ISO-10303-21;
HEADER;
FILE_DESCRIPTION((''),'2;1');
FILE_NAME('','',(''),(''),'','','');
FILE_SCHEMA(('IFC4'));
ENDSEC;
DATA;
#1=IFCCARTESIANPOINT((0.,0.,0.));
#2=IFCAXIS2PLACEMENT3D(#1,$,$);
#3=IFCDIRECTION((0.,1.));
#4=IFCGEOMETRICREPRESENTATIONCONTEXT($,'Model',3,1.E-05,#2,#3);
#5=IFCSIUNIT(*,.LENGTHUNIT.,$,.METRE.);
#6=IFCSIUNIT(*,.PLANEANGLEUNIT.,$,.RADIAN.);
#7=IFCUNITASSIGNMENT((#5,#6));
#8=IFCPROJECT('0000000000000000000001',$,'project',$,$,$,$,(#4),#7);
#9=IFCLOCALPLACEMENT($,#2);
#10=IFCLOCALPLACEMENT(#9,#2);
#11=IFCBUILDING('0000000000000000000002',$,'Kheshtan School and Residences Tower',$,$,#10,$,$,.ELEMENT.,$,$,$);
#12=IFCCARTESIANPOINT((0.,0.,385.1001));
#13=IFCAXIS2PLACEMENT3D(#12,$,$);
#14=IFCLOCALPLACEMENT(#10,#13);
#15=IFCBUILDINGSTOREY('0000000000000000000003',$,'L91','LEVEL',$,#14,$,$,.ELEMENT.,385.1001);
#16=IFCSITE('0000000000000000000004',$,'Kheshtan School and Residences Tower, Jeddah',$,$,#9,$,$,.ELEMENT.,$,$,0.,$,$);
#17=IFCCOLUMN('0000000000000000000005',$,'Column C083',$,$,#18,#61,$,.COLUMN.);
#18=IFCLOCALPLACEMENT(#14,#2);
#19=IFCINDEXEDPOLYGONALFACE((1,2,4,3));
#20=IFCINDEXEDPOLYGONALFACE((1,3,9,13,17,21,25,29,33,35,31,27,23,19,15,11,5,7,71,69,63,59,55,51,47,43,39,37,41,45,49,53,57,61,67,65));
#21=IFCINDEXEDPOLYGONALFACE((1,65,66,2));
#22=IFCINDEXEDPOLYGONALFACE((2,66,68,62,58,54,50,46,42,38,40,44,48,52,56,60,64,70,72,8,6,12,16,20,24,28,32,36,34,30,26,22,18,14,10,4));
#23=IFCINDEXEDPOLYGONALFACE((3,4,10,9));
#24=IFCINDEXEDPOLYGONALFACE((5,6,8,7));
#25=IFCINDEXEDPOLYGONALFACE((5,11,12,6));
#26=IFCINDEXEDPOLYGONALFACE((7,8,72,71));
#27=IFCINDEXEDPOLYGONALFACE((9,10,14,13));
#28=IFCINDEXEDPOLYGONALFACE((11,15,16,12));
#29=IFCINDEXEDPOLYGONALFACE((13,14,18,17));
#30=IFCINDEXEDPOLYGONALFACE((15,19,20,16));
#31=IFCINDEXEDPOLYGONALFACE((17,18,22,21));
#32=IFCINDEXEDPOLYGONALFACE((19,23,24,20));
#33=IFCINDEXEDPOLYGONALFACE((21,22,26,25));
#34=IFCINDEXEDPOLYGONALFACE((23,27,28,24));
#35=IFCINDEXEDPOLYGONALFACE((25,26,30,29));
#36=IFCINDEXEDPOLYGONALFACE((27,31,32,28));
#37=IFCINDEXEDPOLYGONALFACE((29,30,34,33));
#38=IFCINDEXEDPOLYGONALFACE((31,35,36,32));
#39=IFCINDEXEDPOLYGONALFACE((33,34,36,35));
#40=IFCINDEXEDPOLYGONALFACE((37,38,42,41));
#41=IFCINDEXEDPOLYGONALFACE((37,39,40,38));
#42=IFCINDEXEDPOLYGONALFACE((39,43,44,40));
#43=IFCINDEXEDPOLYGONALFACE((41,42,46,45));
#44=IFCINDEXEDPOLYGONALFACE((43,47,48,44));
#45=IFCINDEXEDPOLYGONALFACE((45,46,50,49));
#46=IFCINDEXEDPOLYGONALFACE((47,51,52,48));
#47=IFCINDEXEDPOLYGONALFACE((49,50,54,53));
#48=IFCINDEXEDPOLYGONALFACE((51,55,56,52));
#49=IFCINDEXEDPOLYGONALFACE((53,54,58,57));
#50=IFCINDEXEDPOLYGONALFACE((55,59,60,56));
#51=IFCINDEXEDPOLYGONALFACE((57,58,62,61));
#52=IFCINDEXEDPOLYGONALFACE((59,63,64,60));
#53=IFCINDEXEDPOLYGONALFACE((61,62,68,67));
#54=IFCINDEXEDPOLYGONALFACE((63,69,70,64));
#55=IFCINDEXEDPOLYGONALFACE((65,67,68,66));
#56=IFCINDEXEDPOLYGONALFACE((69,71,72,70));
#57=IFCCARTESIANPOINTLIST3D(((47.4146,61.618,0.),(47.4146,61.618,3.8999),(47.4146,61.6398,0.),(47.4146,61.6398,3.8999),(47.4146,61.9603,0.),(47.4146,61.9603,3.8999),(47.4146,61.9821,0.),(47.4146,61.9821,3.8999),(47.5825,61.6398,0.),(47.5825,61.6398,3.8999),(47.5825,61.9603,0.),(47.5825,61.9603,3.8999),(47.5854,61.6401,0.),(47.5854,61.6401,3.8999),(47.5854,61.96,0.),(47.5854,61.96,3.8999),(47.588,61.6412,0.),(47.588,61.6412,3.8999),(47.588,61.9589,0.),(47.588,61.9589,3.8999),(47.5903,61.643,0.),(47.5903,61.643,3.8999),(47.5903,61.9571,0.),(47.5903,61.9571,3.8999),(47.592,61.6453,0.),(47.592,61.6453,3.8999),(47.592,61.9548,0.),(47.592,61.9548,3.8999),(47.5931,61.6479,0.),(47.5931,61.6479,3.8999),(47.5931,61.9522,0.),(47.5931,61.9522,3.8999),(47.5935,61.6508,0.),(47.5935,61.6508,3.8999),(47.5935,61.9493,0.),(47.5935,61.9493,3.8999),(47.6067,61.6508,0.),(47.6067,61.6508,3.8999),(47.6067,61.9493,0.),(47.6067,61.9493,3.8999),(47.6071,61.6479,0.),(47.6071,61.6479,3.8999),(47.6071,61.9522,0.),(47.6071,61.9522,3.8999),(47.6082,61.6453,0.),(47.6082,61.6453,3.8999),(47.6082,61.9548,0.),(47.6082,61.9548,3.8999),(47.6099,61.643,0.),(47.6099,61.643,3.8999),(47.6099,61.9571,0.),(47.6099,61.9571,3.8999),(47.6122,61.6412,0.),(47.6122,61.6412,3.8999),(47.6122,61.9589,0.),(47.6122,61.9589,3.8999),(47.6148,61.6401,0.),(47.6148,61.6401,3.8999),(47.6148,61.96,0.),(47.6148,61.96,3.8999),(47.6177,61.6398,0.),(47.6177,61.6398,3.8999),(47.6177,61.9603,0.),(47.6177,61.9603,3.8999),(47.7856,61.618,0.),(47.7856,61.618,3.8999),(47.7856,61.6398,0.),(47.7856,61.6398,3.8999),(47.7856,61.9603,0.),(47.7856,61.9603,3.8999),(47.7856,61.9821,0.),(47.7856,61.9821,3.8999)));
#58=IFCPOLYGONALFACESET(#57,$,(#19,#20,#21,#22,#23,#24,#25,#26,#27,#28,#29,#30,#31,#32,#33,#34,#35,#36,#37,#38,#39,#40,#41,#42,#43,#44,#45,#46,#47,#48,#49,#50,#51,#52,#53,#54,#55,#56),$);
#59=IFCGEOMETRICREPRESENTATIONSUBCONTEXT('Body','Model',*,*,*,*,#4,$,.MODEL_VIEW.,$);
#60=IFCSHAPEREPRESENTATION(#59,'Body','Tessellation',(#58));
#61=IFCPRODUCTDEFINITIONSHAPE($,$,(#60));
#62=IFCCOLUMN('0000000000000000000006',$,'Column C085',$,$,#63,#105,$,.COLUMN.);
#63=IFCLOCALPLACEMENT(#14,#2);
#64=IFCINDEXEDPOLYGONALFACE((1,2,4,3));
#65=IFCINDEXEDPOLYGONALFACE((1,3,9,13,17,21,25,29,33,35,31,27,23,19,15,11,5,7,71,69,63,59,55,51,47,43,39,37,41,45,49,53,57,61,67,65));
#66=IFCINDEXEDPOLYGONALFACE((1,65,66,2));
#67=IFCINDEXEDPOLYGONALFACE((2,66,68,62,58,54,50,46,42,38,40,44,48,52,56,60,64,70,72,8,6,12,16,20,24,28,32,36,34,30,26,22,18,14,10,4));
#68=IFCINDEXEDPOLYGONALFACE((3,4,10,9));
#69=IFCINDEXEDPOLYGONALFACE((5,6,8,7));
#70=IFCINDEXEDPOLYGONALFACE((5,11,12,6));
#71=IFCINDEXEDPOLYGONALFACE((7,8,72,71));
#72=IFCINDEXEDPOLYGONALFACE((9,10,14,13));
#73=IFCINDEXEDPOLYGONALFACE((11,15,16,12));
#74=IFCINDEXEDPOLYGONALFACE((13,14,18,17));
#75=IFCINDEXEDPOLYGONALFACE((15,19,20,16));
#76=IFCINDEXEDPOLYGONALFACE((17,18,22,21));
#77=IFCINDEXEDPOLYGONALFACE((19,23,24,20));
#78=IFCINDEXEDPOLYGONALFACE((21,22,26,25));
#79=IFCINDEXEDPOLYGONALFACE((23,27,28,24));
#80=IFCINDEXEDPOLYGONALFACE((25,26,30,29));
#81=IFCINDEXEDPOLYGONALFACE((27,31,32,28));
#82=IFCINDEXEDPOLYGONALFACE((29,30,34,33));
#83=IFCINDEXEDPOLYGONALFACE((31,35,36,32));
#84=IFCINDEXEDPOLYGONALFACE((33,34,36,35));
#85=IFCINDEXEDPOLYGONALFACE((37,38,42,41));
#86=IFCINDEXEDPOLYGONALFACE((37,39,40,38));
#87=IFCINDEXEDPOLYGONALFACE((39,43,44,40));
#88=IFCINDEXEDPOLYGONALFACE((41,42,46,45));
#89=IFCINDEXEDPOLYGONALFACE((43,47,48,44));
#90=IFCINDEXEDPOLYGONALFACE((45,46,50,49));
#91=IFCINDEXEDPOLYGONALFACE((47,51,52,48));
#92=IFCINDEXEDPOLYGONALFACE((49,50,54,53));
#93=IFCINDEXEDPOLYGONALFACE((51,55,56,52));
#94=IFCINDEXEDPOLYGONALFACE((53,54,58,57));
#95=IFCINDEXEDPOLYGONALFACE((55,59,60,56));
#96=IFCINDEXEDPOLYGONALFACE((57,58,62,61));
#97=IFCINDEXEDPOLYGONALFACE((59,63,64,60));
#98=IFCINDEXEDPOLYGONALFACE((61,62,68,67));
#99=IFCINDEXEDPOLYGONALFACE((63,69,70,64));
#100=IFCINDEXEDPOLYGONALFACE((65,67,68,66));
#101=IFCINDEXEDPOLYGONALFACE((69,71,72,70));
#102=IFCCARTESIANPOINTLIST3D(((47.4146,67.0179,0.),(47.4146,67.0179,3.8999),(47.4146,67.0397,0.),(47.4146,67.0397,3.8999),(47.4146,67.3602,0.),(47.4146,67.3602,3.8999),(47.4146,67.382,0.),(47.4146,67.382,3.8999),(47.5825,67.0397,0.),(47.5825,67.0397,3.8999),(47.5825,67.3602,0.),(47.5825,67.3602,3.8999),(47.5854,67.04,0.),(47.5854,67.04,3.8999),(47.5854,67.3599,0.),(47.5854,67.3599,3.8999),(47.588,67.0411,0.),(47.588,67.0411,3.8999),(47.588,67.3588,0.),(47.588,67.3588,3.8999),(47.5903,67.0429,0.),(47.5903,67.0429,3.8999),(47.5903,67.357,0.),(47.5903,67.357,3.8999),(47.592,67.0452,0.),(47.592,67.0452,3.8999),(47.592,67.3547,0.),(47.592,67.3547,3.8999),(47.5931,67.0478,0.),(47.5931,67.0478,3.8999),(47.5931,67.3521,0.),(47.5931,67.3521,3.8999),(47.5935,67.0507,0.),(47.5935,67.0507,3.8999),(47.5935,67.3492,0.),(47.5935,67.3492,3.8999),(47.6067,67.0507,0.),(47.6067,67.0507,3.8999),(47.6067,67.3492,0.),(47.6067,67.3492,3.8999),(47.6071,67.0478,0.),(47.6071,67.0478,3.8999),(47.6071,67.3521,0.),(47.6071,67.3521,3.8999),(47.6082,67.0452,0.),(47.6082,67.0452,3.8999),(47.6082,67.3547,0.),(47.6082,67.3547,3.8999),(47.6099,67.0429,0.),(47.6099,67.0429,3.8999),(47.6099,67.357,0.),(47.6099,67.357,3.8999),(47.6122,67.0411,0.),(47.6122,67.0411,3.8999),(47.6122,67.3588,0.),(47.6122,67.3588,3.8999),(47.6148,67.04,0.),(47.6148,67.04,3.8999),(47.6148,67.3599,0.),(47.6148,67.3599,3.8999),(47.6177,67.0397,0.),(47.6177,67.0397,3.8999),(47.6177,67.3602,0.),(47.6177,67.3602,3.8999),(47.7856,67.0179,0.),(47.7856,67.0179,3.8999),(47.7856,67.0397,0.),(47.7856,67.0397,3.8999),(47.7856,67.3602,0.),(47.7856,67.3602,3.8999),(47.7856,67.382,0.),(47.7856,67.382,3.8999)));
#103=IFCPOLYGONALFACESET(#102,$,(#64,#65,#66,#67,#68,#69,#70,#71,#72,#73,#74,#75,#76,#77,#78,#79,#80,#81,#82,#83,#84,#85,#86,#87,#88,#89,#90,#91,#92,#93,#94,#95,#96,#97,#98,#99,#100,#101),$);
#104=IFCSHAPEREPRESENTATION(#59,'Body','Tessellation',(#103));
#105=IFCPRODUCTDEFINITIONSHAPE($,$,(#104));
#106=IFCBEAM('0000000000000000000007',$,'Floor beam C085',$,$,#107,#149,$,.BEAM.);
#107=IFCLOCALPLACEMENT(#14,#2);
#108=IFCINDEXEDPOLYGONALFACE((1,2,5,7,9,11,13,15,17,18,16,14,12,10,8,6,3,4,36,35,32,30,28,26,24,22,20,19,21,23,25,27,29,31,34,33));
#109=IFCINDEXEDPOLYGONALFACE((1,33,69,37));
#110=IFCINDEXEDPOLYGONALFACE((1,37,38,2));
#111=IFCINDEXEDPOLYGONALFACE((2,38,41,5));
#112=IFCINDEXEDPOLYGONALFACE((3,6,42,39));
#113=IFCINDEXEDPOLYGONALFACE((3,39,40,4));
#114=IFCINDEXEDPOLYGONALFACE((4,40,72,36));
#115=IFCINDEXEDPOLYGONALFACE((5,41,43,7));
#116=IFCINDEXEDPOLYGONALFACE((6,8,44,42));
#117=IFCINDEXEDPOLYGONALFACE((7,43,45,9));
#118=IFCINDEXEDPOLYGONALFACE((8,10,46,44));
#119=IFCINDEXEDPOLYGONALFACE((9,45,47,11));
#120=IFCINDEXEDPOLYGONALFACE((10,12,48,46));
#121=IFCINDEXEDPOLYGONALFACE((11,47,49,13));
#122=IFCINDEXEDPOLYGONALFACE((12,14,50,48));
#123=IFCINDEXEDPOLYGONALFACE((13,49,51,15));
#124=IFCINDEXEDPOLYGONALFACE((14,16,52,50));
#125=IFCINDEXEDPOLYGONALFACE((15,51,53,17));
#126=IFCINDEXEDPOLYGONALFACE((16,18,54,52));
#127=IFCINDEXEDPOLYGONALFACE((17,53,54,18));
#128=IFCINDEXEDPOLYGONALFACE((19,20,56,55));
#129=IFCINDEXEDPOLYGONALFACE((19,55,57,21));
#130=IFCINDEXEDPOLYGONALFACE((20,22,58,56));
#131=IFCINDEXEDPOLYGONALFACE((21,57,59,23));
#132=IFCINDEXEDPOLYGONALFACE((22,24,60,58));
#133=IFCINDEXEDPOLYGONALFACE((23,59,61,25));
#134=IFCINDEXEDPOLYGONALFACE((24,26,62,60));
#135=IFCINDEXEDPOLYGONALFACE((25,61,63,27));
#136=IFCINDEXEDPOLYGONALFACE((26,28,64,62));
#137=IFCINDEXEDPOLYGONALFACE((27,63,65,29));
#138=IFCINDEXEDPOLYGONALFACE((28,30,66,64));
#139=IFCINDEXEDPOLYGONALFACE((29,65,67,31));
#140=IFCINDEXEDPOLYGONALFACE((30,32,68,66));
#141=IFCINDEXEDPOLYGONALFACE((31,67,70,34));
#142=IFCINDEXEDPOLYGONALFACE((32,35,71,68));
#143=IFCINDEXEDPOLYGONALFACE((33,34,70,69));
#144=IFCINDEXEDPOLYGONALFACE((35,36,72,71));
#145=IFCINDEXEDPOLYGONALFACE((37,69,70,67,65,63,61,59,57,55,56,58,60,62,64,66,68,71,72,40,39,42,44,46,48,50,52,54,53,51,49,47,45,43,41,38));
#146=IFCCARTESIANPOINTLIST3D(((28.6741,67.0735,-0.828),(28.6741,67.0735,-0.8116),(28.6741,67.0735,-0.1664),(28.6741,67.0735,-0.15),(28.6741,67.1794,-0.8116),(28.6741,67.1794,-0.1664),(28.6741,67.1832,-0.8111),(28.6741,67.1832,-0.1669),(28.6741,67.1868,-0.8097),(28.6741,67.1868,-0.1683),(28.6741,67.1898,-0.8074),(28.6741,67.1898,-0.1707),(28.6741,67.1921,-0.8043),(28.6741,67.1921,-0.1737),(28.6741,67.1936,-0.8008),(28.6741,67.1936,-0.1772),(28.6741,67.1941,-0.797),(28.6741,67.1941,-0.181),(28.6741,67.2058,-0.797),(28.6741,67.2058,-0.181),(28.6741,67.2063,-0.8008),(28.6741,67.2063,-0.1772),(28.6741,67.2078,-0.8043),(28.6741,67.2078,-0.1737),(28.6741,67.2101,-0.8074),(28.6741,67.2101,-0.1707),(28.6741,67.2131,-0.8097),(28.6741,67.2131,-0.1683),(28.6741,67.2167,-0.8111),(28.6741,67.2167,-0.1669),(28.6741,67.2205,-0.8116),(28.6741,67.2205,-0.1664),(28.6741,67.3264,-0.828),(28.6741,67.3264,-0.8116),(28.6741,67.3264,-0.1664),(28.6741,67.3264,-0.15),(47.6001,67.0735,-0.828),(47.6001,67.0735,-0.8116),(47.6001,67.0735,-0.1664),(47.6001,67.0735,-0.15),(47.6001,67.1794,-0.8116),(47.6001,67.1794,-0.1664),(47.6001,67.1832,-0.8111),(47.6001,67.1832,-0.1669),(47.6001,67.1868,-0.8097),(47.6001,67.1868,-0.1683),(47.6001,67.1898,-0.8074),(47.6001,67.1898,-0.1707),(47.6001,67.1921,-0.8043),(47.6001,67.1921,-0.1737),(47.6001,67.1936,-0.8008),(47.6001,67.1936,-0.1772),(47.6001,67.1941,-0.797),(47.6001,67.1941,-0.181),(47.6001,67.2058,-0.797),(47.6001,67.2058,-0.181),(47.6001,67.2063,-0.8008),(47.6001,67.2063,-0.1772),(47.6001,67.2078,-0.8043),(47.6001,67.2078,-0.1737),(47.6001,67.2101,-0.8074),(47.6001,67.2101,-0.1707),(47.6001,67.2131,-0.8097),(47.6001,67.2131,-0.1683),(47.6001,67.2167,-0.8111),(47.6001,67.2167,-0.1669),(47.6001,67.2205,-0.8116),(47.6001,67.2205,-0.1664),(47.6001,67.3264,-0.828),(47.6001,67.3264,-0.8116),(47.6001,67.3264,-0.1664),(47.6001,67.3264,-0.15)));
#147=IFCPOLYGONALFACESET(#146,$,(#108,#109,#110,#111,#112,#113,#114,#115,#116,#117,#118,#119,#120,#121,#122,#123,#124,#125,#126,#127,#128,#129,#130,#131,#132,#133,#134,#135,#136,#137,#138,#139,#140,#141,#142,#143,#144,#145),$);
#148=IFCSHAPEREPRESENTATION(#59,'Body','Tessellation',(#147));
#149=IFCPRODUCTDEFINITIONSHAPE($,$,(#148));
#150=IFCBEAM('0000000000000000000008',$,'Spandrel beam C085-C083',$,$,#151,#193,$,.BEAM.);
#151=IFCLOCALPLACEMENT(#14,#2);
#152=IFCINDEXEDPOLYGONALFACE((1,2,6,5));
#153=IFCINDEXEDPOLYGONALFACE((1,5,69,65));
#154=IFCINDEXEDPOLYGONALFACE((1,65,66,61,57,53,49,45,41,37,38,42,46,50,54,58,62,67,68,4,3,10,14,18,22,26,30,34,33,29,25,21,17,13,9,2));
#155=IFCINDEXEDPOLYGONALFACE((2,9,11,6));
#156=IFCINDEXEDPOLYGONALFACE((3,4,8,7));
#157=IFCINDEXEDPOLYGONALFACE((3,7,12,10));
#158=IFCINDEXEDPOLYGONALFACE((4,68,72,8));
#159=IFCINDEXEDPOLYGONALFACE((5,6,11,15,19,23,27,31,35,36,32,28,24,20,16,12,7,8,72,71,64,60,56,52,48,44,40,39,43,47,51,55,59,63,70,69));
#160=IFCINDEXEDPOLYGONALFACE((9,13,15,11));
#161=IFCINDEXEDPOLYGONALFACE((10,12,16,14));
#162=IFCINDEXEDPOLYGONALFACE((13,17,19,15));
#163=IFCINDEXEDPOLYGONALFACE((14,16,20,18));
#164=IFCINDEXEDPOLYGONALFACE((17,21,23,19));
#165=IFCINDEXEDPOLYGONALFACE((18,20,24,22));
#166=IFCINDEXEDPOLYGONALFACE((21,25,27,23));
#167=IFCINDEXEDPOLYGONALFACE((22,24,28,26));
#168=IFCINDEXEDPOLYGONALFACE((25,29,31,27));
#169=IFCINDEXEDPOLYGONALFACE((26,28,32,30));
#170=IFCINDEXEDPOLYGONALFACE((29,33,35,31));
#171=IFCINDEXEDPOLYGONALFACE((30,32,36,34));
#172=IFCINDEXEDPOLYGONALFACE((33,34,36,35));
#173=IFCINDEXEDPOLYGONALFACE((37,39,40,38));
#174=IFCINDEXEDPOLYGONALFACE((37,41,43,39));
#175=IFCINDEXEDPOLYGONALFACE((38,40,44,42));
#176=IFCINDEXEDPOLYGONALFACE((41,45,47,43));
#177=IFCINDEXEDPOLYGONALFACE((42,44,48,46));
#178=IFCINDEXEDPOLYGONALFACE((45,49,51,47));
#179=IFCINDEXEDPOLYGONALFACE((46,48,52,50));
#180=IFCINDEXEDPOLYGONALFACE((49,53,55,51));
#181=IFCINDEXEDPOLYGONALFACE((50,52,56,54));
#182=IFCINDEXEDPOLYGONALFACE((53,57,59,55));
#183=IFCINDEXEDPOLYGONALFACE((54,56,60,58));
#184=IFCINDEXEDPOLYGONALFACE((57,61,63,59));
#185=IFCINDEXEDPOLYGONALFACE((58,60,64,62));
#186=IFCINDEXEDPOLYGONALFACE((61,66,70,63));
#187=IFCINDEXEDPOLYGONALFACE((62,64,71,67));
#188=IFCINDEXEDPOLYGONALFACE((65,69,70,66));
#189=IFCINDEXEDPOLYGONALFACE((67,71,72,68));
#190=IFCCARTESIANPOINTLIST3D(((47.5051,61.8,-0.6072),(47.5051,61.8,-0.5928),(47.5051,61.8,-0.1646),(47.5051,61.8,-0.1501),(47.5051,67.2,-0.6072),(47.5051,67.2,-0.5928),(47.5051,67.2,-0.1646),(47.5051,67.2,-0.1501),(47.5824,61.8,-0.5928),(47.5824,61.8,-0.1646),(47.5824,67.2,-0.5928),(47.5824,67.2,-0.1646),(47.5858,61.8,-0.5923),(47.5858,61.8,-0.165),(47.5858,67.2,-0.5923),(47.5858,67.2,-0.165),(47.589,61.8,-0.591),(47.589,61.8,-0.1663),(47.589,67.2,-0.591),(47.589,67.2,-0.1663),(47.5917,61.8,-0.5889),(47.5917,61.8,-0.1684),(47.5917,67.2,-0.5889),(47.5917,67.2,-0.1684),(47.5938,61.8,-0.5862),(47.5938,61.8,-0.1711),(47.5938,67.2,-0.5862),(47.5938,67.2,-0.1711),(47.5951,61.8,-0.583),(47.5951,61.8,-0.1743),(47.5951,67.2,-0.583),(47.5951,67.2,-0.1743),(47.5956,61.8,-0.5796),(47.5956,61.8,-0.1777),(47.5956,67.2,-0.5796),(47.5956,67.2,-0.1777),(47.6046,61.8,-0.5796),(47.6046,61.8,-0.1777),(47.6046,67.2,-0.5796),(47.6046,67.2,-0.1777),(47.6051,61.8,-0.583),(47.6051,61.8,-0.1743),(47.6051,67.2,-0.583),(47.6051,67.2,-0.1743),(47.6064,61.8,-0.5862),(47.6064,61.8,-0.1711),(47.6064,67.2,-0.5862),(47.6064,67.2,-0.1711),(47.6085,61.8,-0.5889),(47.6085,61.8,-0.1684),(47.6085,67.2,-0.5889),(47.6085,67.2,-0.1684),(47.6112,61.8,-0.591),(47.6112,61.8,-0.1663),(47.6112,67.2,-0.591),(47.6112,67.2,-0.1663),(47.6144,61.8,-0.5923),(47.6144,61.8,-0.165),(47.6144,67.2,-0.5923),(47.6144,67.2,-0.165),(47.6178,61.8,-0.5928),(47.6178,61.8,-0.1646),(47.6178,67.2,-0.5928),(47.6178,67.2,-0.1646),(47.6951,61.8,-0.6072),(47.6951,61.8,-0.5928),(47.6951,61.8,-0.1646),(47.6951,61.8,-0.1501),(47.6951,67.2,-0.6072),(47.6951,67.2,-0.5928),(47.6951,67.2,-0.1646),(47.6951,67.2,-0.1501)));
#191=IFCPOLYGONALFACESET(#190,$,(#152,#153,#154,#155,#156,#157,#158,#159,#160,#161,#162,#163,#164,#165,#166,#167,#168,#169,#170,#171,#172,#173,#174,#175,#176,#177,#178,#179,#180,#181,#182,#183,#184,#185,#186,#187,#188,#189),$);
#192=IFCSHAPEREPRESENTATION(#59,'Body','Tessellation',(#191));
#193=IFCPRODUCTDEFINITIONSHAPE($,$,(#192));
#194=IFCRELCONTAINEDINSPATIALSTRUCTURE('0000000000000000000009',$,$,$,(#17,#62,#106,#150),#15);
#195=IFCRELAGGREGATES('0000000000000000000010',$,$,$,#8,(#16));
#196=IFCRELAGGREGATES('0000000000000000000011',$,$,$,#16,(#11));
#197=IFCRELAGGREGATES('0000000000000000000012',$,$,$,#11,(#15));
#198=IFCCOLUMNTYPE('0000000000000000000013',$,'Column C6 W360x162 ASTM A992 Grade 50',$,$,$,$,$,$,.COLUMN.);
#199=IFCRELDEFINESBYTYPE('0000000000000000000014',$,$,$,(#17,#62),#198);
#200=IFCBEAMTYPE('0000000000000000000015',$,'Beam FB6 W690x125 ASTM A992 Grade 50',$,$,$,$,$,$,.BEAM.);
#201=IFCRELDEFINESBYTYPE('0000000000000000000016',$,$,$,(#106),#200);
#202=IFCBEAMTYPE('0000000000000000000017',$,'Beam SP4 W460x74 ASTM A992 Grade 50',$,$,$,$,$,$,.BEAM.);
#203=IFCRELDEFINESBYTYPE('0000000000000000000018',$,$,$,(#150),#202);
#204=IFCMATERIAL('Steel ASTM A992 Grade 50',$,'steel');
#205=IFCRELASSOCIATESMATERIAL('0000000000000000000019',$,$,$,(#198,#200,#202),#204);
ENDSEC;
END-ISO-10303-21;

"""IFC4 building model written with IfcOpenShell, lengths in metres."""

from ifc_helpers import new_model, si_unit, direction, frame, origin, origin_2d, place, context, subcontext, project, spatial, i_section, extrude, material, material_profile, profile_set, type_object, element, save


model = new_model("IFC4")

# Units and contexts
model_context = context("Model", 3, precision=1e-05, world=origin(), true_north=direction((0.0, 1.0)))
body_context = subcontext(model_context, "Body", "Model", "MODEL_VIEW")
ifc_project = project(units=[si_unit("LENGTHUNIT", "METRE"), si_unit("PLANEANGLEUNIT", "RADIAN")], contexts=[model_context])

# Site, building, storey
site_placement = place(None, origin())
site = spatial("IfcSite", under=ifc_project, at=site_placement, Name="Kheshtan School and Residences Tower, Jeddah", CompositionType="ELEMENT", RefElevation=0.0)
building_placement = place(site_placement, origin())
building = spatial("IfcBuilding", under=site, at=building_placement, Name="Kheshtan School and Residences Tower", CompositionType="ELEMENT")
storey_placement = place(building_placement, frame((0.0, 0.0, 385.1001)))
storey = spatial("IfcBuildingStorey", under=building, at=storey_placement, Name="L91", Description="LEVEL", CompositionType="ELEMENT", Elevation=385.1001)

# Columns
ifc_material_1 = material(Name="Steel ASTM A992 Grade 50", Category="steel")
ifc_material_profile_1 = material_profile(ifc_material_1, i_section(OverallWidth=0.3711, OverallDepth=0.364, WebThickness=0.0132, FlangeThickness=0.0217, FilletRadius=0.011, at=origin_2d()), Name="W360x162")
ifc_profile_set_1 = profile_set([ifc_material_profile_1], Name="Steel ASTM A992 Grade 50")
column_type = type_object("IfcColumnType", Name="Column C6 W360x162 ASTM A992 Grade 50", PredefinedType="COLUMN", material=ifc_profile_set_1)
for number, where, z_axis, x_axis, name in (
    (1, (47.6001, 61.8, 0.0), (0.0, 0.0, 1.0), (1.0, 0.0, 0.0), "Column C083"),
    (2, (47.6001, 67.2, 0.0), (0.0, 0.0, 1.0), (1.0, 0.0, 0.0), "Column C085"),
):
    element("IfcColumn", number, at=place(storey_placement, frame(where, z_axis=z_axis, x_axis=x_axis)), inside=storey, type_object=column_type, Name=name, PredefinedType="COLUMN", context=body_context, shape_type="SweptSolid", body=[
        extrude(i_section(OverallWidth=0.3711, OverallDepth=0.364, WebThickness=0.0132, FlangeThickness=0.0217, FilletRadius=0.011, at=origin_2d()), origin(), (0.0, 0.0, 1.0), 3.8999),
    ])

# Beams
ifc_material_profile_2 = material_profile(ifc_material_1, i_section(OverallWidth=0.2529, OverallDepth=0.678, WebThickness=0.0117, FlangeThickness=0.0164, FilletRadius=0.0146, at=origin_2d()), Name="W690x125")
ifc_profile_set_2 = profile_set([ifc_material_profile_2], Name="Steel ASTM A992 Grade 50")
beam_type_1 = type_object("IfcBeamType", Name="Beam FB6 W690x125 ASTM A992 Grade 50", PredefinedType="BEAM", material=ifc_profile_set_2)
beam_1_placement = place(storey_placement, frame((47.6001, 67.2, -0.489), z_axis=(-1.0, 0.0, 0.0), x_axis=(0.0, -1.0, 0.0)))
element("IfcBeam", 3, at=beam_1_placement, inside=storey, type_object=beam_type_1, Name="Floor beam C085", PredefinedType="BEAM", context=body_context, shape_type="SweptSolid", body=[
    extrude(i_section(OverallWidth=0.2529, OverallDepth=0.678, WebThickness=0.0117, FlangeThickness=0.0164, FilletRadius=0.0146, at=origin_2d()), origin(), (0.0, 0.0, 1.0), 18.926),
])
ifc_material_profile_3 = material_profile(ifc_material_1, i_section(OverallWidth=0.1899, OverallDepth=0.457, WebThickness=0.009, FlangeThickness=0.0144, FilletRadius=0.0132, at=origin_2d()), Name="W460x74")
ifc_profile_set_3 = profile_set([ifc_material_profile_3], Name="Steel ASTM A992 Grade 50")
beam_type_2 = type_object("IfcBeamType", Name="Beam SP4 W460x74 ASTM A992 Grade 50", PredefinedType="BEAM", material=ifc_profile_set_3)
beam_2_placement = place(storey_placement, frame((47.6001, 67.2, -0.3787), z_axis=(0.0, -1.0, 0.0), x_axis=(1.0, 0.0, 0.0)))
element("IfcBeam", 4, at=beam_2_placement, inside=storey, type_object=beam_type_2, Name="Spandrel beam C085-C083", PredefinedType="BEAM", context=body_context, shape_type="SweptSolid", body=[
    extrude(i_section(OverallWidth=0.1899, OverallDepth=0.457, WebThickness=0.009, FlangeThickness=0.0144, FilletRadius=0.0132, at=origin_2d()), origin(), (0.0, 0.0, 1.0), 5.3999),
])

save(model, "model.ifc")
